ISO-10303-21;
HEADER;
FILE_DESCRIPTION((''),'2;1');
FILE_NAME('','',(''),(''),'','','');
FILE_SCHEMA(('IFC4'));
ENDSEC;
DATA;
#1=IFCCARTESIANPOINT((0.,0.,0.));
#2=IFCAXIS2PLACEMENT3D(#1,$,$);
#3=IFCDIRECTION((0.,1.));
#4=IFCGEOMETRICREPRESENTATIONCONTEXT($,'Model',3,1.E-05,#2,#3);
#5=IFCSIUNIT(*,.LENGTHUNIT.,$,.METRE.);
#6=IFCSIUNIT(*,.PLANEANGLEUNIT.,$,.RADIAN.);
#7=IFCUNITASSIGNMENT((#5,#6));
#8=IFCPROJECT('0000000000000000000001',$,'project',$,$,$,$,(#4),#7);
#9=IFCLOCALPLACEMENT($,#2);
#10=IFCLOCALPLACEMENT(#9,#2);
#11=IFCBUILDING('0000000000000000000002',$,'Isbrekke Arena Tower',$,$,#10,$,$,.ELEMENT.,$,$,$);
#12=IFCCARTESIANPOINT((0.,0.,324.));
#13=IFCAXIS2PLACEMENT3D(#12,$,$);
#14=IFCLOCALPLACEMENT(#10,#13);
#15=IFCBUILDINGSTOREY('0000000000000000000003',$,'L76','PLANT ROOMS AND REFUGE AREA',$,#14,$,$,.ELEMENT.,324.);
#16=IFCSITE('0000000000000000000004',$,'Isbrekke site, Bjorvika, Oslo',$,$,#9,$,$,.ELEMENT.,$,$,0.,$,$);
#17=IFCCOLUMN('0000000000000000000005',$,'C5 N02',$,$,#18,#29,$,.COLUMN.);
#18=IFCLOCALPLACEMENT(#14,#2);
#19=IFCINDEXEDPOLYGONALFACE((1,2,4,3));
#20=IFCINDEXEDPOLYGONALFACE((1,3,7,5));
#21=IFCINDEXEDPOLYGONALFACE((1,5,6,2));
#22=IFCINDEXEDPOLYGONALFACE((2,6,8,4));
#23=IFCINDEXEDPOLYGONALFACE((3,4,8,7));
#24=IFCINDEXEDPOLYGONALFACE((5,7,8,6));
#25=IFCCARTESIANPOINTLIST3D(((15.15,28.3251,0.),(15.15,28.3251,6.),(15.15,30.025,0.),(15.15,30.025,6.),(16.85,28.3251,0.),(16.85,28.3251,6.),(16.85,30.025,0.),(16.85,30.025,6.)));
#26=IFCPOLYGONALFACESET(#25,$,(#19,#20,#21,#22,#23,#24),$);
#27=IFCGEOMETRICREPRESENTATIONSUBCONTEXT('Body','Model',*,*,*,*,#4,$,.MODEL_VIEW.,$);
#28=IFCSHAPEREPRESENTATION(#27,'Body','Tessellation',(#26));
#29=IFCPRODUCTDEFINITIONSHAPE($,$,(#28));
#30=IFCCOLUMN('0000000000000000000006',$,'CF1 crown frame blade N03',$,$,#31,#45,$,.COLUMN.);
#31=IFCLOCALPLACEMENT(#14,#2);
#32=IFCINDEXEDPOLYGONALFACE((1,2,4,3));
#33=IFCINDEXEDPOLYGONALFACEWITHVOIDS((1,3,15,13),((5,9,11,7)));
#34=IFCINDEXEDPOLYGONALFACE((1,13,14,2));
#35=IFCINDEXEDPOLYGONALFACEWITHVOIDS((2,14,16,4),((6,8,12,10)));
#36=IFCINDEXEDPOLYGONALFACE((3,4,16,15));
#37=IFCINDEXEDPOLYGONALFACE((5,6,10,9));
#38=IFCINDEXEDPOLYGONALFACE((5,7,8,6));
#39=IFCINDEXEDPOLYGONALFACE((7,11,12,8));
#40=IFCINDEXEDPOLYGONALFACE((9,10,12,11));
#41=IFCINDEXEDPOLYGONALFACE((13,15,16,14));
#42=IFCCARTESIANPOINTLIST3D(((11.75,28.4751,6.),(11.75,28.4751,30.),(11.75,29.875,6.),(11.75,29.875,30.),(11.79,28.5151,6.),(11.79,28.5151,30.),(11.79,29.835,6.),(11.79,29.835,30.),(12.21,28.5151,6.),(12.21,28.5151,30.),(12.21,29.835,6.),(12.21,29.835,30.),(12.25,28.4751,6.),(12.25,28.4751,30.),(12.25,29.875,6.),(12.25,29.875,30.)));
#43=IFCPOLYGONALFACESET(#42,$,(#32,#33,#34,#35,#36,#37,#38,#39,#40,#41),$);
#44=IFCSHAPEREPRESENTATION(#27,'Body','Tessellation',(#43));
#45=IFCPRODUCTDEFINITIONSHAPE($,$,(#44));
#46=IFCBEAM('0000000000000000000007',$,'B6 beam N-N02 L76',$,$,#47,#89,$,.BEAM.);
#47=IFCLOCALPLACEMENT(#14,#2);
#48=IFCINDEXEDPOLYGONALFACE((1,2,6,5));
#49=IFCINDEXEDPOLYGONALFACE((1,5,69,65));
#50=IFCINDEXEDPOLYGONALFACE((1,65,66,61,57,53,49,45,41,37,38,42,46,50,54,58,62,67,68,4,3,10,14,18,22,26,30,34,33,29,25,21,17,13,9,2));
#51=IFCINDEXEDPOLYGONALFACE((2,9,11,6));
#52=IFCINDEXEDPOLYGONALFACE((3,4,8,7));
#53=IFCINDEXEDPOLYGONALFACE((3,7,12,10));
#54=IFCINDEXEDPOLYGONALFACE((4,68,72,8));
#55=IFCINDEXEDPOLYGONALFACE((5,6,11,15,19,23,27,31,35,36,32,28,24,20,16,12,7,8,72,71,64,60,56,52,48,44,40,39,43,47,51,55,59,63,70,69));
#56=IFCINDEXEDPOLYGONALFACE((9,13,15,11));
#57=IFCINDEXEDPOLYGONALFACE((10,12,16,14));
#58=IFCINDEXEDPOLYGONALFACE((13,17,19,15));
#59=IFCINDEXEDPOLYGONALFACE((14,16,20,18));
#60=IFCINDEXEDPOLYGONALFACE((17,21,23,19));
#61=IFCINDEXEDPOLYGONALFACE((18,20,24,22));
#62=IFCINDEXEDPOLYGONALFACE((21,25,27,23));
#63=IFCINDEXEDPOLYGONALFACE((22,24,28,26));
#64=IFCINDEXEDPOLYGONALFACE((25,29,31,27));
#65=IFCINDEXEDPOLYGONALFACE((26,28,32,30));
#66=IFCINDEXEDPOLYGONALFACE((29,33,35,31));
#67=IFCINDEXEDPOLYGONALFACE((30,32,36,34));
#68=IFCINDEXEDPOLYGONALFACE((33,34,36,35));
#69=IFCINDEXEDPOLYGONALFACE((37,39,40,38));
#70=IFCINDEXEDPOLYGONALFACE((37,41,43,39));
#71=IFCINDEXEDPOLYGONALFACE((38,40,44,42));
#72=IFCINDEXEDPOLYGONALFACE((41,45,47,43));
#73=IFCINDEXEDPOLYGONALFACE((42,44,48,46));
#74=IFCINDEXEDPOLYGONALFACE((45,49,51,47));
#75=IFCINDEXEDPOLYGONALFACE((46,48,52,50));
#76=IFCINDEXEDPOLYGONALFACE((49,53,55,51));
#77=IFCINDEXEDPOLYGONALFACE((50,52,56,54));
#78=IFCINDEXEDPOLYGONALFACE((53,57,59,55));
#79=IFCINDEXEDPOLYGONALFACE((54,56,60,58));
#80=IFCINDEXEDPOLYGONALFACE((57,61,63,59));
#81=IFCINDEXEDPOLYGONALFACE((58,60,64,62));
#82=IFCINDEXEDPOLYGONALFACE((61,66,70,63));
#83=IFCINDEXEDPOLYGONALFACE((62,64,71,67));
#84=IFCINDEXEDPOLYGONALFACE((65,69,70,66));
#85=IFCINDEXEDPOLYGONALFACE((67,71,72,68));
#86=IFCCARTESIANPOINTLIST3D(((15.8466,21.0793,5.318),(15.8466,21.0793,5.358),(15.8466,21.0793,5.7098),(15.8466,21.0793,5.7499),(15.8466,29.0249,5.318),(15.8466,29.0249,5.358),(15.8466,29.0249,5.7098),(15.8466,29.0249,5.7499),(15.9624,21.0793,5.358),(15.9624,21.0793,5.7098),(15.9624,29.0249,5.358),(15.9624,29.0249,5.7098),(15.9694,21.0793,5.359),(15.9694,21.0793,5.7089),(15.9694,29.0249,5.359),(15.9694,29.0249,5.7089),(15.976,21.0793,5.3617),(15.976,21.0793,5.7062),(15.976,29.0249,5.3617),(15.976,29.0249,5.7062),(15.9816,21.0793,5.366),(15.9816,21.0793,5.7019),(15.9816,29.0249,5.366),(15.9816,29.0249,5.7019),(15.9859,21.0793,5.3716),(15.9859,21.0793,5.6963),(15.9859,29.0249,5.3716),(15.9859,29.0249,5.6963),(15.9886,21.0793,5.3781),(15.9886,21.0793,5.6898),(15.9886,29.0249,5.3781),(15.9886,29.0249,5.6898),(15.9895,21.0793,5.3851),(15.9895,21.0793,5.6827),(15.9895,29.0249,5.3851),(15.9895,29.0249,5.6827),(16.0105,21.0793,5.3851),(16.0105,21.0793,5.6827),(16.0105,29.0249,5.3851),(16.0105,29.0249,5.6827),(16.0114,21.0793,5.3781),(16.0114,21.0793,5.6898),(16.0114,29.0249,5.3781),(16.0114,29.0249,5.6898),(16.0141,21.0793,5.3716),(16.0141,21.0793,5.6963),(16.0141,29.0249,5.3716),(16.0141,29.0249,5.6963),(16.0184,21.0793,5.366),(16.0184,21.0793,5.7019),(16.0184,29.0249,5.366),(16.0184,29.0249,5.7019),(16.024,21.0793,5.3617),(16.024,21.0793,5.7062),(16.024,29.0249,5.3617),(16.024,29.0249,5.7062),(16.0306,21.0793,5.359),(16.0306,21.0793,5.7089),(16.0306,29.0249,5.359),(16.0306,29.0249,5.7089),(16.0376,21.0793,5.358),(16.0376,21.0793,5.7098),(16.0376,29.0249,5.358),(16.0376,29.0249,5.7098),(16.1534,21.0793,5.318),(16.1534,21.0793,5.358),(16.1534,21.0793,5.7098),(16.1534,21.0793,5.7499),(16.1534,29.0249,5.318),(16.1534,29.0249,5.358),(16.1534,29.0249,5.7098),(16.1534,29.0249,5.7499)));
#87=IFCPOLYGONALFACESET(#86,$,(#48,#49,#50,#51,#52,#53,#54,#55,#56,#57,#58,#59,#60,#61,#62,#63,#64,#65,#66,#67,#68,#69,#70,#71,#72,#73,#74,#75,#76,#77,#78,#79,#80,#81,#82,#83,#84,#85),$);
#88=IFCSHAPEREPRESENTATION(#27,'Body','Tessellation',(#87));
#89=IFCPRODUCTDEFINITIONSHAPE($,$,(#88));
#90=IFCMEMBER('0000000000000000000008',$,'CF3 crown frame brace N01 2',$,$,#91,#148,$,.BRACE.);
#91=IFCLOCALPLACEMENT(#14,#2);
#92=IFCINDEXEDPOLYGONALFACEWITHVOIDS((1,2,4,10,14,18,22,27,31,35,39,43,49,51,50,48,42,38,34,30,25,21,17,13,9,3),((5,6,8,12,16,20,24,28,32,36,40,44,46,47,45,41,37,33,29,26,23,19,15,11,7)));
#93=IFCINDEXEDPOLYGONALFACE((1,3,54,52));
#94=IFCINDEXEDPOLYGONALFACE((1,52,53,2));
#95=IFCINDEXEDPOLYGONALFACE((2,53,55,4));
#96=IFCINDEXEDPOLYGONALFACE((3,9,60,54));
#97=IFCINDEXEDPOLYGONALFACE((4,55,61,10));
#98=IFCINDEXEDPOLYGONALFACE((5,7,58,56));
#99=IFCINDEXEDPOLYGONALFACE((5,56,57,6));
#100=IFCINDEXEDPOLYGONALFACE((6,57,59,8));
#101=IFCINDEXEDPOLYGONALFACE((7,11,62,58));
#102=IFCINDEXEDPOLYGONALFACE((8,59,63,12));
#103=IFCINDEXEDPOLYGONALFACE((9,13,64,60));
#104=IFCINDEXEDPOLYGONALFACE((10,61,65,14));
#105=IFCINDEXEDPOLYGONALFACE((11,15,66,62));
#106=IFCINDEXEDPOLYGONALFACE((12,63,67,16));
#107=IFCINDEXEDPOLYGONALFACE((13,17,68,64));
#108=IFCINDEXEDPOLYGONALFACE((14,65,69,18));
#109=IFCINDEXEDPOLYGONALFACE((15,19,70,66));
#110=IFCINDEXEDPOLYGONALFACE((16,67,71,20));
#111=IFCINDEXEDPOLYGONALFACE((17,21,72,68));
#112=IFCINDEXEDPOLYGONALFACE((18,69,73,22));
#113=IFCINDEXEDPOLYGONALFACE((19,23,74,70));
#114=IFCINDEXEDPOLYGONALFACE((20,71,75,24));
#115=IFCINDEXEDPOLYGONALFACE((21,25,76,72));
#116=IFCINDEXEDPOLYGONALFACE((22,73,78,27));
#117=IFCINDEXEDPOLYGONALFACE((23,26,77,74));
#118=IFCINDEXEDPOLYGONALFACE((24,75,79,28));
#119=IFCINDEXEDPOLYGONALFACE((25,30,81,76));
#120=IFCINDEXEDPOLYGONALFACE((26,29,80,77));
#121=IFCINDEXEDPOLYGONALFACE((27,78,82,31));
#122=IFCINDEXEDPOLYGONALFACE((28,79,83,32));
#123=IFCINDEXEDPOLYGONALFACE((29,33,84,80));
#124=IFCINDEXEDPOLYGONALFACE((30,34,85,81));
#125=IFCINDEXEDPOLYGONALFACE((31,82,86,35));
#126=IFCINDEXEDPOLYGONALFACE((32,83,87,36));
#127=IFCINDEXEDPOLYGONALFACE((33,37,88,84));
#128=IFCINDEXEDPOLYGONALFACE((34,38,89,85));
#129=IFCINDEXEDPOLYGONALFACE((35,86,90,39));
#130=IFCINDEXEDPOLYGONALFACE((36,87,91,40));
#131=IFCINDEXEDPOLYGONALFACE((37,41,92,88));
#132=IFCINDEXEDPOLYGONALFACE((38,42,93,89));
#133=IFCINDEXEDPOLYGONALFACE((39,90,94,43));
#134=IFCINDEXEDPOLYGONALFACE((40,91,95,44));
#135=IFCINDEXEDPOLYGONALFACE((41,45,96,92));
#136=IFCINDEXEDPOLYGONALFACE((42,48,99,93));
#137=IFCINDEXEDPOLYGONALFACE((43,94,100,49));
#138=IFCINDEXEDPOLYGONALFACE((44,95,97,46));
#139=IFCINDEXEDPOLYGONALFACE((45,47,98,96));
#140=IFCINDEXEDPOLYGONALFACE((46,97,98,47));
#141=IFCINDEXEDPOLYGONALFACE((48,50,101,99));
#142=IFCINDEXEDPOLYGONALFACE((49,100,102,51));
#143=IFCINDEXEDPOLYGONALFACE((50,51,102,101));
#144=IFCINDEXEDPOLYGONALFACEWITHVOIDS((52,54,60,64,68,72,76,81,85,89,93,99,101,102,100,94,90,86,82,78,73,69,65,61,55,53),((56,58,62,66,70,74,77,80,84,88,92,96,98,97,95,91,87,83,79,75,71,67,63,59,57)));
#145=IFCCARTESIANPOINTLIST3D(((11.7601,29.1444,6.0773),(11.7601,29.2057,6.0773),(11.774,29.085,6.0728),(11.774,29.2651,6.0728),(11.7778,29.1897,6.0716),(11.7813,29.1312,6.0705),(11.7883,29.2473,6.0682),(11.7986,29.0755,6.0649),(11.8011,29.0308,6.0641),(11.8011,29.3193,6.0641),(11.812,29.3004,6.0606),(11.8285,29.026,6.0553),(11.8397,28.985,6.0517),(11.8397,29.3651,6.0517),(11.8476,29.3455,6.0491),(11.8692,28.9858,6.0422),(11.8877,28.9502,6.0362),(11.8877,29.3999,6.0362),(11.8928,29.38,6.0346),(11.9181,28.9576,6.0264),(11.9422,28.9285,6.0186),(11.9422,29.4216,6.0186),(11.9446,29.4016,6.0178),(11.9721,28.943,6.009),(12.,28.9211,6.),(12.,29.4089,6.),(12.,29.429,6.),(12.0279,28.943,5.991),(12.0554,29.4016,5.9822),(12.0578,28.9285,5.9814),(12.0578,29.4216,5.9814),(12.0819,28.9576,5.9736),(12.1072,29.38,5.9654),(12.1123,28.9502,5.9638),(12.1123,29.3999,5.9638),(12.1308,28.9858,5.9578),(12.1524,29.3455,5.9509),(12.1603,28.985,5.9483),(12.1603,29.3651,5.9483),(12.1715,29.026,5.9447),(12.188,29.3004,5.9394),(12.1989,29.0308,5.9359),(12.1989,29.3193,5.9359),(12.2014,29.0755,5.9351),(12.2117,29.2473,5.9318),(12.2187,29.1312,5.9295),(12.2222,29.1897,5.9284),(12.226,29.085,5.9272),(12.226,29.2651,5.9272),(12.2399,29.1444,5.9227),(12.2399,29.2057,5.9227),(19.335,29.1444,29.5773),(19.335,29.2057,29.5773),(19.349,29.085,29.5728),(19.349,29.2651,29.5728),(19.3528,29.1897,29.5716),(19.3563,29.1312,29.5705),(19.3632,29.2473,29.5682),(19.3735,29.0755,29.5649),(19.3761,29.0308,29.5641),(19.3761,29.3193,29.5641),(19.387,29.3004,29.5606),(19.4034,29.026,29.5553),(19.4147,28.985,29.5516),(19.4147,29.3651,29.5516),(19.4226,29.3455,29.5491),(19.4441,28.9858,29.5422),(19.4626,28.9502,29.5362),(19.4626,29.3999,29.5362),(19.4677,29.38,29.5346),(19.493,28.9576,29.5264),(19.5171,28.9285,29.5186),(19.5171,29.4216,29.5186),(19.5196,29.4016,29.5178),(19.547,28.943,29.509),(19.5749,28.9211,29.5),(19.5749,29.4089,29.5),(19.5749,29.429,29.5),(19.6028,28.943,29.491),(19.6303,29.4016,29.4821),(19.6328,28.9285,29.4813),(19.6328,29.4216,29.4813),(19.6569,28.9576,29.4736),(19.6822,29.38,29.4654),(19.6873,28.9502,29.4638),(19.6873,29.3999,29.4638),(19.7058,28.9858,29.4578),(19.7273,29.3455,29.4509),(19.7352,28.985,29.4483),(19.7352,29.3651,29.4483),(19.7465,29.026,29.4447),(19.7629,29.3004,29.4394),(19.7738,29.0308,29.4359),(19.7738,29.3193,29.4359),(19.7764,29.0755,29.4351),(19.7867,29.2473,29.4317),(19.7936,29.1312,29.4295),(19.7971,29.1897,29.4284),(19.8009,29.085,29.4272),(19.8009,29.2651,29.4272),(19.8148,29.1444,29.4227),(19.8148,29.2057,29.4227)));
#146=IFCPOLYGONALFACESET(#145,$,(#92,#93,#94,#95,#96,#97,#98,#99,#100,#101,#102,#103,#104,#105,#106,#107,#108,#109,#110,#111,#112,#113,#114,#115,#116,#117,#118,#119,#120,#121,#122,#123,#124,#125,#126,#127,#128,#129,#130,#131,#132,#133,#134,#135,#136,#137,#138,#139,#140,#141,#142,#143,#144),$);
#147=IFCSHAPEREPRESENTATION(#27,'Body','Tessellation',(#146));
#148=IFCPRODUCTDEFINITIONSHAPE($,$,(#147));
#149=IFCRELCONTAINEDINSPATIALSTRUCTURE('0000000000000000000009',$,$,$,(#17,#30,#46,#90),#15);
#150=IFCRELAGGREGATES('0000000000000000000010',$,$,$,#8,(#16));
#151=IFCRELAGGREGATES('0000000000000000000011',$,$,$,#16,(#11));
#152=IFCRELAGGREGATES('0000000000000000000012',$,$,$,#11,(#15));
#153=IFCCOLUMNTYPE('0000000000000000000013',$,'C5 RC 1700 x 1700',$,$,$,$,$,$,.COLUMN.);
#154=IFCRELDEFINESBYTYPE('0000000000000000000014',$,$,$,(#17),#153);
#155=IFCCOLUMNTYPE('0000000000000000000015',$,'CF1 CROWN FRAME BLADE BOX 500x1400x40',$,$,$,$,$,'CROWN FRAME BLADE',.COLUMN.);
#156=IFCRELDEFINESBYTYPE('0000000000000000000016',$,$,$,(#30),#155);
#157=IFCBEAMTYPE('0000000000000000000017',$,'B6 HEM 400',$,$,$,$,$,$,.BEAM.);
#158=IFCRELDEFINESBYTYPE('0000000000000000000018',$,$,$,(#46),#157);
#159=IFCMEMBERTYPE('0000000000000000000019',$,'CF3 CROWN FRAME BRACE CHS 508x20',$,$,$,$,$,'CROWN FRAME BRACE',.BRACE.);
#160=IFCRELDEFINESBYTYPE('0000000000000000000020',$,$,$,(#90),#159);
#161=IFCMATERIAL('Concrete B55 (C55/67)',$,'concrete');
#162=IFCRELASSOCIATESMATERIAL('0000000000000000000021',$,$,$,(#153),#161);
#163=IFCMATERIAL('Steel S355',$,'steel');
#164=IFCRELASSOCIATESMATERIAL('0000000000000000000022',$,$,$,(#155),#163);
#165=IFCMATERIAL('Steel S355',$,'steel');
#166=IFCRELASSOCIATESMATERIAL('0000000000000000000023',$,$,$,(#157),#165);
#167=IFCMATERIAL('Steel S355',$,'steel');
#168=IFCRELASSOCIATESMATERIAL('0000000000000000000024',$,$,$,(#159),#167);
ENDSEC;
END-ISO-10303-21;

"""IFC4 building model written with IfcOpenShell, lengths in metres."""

from ifc_helpers import new_model, si_unit, direction, frame, origin, origin_2d, place, context, subcontext, project, spatial, rectangle, hollow_rectangle, hollow_circle, i_section, extrude, material, material_profile, profile_set, type_object, element, save


model = new_model("IFC4")

# Units and contexts
model_context = context("Model", 3, precision=1e-05, world=origin(), true_north=direction((0.0, 1.0)))
body_context = subcontext(model_context, "Body", "Model", "MODEL_VIEW")
ifc_project = project(units=[si_unit("LENGTHUNIT", "METRE"), si_unit("PLANEANGLEUNIT", "RADIAN")], contexts=[model_context])

# Site, building, storey
site_placement = place(None, origin())
site = spatial("IfcSite", under=ifc_project, at=site_placement, Name="Isbrekke site, Bjorvika, Oslo", CompositionType="ELEMENT", RefElevation=0.0)
building_placement = place(site_placement, origin())
building = spatial("IfcBuilding", under=site, at=building_placement, Name="Isbrekke Arena Tower", CompositionType="ELEMENT")
storey_placement = place(building_placement, frame((0.0, 0.0, 324.0)))
storey = spatial("IfcBuildingStorey", under=building, at=storey_placement, Name="L76", Description="PLANT ROOMS AND REFUGE AREA", CompositionType="ELEMENT", Elevation=324.0)

# Columns
ifc_material_1 = material(Name="Concrete B55 (C55/67)", Category="concrete")
ifc_material_profile_1 = material_profile(ifc_material_1, rectangle(XDim=1.7, YDim=1.7, at=origin_2d()), Name="RC 1700x1700")
ifc_profile_set_1 = profile_set([ifc_material_profile_1], Name="Concrete B55 (C55/67)")
column_type_1 = type_object("IfcColumnType", Name="C5 RC 1700 x 1700", PredefinedType="COLUMN", material=ifc_profile_set_1)
column_1_placement = place(storey_placement, frame((16.0, 29.175, 0.0), z_axis=(0.0, 0.0, 1.0), x_axis=(-1.0, 0.0, 0.0)))
element("IfcColumn", 1, at=column_1_placement, inside=storey, type_object=column_type_1, Name="C5 N02", PredefinedType="COLUMN", context=body_context, shape_type="SweptSolid", body=[
    extrude(rectangle(XDim=1.7, YDim=1.7, at=origin_2d()), origin(), (0.0, 0.0, 1.0), 6.0),
])
ifc_material_2 = material(Name="Steel S355", Category="steel")
ifc_material_profile_2 = material_profile(ifc_material_2, hollow_rectangle(XDim=0.5, YDim=1.3999, WallThickness=0.04, at=origin_2d()), Name="BOX 500x1400x40")
ifc_profile_set_2 = profile_set([ifc_material_profile_2], Name="Steel S355")
column_type_2 = type_object("IfcColumnType", Name="CF1 CROWN FRAME BLADE BOX 500x1400x40", ElementType="CROWN FRAME BLADE", PredefinedType="COLUMN", material=ifc_profile_set_2)
column_2_placement = place(storey_placement, frame((12.0, 29.175, 6.0), z_axis=(0.0, 0.0, 1.0), x_axis=(-1.0, 0.0, 0.0)))
element("IfcColumn", 2, at=column_2_placement, inside=storey, type_object=column_type_2, Name="CF1 crown frame blade N03", PredefinedType="COLUMN", context=body_context, shape_type="SweptSolid", body=[
    extrude(hollow_rectangle(XDim=0.5, YDim=1.3999, WallThickness=0.04, at=origin_2d()), origin(), (0.0, 0.0, 1.0), 24.0),
])

# Beam
ifc_material_3 = material(Name="Steel S355", Category="steel")
ifc_material_profile_3 = material_profile(ifc_material_3, i_section(OverallWidth=0.3069, OverallDepth=0.4319, WebThickness=0.021, FlangeThickness=0.04, FilletRadius=0.0271, at=origin_2d()), Name="HEM 400")
ifc_profile_set_3 = profile_set([ifc_material_profile_3], Name="Steel S355")
beam_type_1 = type_object("IfcBeamType", Name="B6 HEM 400", PredefinedType="BEAM", material=ifc_profile_set_3)
beam_1_placement = place(storey_placement, frame((16.0, 29.0249, 5.5339), z_axis=(0.0, -1.0, 0.0), x_axis=(1.0, 0.0, 0.0)))
element("IfcBeam", 3, at=beam_1_placement, inside=storey, type_object=beam_type_1, Name="B6 beam N-N02 L76", PredefinedType="BEAM", context=body_context, shape_type="SweptSolid", body=[
    extrude(i_section(OverallWidth=0.3069, OverallDepth=0.4319, WebThickness=0.021, FlangeThickness=0.04, FilletRadius=0.0271, at=origin_2d()), origin(), (0.0, 0.0, 1.0), 7.9456),
])

# Member
ifc_material_4 = material(Name="Steel S355", Category="steel")
ifc_material_profile_4 = material_profile(ifc_material_4, hollow_circle(Radius=0.2539, WallThickness=0.02, at=origin_2d()), Name="CHS 508x20")
ifc_profile_set_4 = profile_set([ifc_material_profile_4], Name="Steel S355")
member_type_1 = type_object("IfcMemberType", Name="CF3 CROWN FRAME BRACE CHS 508x20", ElementType="CROWN FRAME BRACE", PredefinedType="BRACE", material=ifc_profile_set_4)
member_1_placement = place(storey_placement, frame((12.0, 29.175, 6.0), z_axis=(0.306794, 0.0, 0.951776), x_axis=(0.0, 1.0, 0.0)))
element("IfcMember", 4, at=member_1_placement, inside=storey, type_object=member_type_1, Name="CF3 crown frame brace N01 2", PredefinedType="BRACE", context=body_context, shape_type="SweptSolid", body=[
    extrude(hollow_circle(Radius=0.2539, WallThickness=0.02, at=origin_2d()), origin(), (0.0, 0.0, 1.0), 24.6907),
])

save(model, "model.ifc")
